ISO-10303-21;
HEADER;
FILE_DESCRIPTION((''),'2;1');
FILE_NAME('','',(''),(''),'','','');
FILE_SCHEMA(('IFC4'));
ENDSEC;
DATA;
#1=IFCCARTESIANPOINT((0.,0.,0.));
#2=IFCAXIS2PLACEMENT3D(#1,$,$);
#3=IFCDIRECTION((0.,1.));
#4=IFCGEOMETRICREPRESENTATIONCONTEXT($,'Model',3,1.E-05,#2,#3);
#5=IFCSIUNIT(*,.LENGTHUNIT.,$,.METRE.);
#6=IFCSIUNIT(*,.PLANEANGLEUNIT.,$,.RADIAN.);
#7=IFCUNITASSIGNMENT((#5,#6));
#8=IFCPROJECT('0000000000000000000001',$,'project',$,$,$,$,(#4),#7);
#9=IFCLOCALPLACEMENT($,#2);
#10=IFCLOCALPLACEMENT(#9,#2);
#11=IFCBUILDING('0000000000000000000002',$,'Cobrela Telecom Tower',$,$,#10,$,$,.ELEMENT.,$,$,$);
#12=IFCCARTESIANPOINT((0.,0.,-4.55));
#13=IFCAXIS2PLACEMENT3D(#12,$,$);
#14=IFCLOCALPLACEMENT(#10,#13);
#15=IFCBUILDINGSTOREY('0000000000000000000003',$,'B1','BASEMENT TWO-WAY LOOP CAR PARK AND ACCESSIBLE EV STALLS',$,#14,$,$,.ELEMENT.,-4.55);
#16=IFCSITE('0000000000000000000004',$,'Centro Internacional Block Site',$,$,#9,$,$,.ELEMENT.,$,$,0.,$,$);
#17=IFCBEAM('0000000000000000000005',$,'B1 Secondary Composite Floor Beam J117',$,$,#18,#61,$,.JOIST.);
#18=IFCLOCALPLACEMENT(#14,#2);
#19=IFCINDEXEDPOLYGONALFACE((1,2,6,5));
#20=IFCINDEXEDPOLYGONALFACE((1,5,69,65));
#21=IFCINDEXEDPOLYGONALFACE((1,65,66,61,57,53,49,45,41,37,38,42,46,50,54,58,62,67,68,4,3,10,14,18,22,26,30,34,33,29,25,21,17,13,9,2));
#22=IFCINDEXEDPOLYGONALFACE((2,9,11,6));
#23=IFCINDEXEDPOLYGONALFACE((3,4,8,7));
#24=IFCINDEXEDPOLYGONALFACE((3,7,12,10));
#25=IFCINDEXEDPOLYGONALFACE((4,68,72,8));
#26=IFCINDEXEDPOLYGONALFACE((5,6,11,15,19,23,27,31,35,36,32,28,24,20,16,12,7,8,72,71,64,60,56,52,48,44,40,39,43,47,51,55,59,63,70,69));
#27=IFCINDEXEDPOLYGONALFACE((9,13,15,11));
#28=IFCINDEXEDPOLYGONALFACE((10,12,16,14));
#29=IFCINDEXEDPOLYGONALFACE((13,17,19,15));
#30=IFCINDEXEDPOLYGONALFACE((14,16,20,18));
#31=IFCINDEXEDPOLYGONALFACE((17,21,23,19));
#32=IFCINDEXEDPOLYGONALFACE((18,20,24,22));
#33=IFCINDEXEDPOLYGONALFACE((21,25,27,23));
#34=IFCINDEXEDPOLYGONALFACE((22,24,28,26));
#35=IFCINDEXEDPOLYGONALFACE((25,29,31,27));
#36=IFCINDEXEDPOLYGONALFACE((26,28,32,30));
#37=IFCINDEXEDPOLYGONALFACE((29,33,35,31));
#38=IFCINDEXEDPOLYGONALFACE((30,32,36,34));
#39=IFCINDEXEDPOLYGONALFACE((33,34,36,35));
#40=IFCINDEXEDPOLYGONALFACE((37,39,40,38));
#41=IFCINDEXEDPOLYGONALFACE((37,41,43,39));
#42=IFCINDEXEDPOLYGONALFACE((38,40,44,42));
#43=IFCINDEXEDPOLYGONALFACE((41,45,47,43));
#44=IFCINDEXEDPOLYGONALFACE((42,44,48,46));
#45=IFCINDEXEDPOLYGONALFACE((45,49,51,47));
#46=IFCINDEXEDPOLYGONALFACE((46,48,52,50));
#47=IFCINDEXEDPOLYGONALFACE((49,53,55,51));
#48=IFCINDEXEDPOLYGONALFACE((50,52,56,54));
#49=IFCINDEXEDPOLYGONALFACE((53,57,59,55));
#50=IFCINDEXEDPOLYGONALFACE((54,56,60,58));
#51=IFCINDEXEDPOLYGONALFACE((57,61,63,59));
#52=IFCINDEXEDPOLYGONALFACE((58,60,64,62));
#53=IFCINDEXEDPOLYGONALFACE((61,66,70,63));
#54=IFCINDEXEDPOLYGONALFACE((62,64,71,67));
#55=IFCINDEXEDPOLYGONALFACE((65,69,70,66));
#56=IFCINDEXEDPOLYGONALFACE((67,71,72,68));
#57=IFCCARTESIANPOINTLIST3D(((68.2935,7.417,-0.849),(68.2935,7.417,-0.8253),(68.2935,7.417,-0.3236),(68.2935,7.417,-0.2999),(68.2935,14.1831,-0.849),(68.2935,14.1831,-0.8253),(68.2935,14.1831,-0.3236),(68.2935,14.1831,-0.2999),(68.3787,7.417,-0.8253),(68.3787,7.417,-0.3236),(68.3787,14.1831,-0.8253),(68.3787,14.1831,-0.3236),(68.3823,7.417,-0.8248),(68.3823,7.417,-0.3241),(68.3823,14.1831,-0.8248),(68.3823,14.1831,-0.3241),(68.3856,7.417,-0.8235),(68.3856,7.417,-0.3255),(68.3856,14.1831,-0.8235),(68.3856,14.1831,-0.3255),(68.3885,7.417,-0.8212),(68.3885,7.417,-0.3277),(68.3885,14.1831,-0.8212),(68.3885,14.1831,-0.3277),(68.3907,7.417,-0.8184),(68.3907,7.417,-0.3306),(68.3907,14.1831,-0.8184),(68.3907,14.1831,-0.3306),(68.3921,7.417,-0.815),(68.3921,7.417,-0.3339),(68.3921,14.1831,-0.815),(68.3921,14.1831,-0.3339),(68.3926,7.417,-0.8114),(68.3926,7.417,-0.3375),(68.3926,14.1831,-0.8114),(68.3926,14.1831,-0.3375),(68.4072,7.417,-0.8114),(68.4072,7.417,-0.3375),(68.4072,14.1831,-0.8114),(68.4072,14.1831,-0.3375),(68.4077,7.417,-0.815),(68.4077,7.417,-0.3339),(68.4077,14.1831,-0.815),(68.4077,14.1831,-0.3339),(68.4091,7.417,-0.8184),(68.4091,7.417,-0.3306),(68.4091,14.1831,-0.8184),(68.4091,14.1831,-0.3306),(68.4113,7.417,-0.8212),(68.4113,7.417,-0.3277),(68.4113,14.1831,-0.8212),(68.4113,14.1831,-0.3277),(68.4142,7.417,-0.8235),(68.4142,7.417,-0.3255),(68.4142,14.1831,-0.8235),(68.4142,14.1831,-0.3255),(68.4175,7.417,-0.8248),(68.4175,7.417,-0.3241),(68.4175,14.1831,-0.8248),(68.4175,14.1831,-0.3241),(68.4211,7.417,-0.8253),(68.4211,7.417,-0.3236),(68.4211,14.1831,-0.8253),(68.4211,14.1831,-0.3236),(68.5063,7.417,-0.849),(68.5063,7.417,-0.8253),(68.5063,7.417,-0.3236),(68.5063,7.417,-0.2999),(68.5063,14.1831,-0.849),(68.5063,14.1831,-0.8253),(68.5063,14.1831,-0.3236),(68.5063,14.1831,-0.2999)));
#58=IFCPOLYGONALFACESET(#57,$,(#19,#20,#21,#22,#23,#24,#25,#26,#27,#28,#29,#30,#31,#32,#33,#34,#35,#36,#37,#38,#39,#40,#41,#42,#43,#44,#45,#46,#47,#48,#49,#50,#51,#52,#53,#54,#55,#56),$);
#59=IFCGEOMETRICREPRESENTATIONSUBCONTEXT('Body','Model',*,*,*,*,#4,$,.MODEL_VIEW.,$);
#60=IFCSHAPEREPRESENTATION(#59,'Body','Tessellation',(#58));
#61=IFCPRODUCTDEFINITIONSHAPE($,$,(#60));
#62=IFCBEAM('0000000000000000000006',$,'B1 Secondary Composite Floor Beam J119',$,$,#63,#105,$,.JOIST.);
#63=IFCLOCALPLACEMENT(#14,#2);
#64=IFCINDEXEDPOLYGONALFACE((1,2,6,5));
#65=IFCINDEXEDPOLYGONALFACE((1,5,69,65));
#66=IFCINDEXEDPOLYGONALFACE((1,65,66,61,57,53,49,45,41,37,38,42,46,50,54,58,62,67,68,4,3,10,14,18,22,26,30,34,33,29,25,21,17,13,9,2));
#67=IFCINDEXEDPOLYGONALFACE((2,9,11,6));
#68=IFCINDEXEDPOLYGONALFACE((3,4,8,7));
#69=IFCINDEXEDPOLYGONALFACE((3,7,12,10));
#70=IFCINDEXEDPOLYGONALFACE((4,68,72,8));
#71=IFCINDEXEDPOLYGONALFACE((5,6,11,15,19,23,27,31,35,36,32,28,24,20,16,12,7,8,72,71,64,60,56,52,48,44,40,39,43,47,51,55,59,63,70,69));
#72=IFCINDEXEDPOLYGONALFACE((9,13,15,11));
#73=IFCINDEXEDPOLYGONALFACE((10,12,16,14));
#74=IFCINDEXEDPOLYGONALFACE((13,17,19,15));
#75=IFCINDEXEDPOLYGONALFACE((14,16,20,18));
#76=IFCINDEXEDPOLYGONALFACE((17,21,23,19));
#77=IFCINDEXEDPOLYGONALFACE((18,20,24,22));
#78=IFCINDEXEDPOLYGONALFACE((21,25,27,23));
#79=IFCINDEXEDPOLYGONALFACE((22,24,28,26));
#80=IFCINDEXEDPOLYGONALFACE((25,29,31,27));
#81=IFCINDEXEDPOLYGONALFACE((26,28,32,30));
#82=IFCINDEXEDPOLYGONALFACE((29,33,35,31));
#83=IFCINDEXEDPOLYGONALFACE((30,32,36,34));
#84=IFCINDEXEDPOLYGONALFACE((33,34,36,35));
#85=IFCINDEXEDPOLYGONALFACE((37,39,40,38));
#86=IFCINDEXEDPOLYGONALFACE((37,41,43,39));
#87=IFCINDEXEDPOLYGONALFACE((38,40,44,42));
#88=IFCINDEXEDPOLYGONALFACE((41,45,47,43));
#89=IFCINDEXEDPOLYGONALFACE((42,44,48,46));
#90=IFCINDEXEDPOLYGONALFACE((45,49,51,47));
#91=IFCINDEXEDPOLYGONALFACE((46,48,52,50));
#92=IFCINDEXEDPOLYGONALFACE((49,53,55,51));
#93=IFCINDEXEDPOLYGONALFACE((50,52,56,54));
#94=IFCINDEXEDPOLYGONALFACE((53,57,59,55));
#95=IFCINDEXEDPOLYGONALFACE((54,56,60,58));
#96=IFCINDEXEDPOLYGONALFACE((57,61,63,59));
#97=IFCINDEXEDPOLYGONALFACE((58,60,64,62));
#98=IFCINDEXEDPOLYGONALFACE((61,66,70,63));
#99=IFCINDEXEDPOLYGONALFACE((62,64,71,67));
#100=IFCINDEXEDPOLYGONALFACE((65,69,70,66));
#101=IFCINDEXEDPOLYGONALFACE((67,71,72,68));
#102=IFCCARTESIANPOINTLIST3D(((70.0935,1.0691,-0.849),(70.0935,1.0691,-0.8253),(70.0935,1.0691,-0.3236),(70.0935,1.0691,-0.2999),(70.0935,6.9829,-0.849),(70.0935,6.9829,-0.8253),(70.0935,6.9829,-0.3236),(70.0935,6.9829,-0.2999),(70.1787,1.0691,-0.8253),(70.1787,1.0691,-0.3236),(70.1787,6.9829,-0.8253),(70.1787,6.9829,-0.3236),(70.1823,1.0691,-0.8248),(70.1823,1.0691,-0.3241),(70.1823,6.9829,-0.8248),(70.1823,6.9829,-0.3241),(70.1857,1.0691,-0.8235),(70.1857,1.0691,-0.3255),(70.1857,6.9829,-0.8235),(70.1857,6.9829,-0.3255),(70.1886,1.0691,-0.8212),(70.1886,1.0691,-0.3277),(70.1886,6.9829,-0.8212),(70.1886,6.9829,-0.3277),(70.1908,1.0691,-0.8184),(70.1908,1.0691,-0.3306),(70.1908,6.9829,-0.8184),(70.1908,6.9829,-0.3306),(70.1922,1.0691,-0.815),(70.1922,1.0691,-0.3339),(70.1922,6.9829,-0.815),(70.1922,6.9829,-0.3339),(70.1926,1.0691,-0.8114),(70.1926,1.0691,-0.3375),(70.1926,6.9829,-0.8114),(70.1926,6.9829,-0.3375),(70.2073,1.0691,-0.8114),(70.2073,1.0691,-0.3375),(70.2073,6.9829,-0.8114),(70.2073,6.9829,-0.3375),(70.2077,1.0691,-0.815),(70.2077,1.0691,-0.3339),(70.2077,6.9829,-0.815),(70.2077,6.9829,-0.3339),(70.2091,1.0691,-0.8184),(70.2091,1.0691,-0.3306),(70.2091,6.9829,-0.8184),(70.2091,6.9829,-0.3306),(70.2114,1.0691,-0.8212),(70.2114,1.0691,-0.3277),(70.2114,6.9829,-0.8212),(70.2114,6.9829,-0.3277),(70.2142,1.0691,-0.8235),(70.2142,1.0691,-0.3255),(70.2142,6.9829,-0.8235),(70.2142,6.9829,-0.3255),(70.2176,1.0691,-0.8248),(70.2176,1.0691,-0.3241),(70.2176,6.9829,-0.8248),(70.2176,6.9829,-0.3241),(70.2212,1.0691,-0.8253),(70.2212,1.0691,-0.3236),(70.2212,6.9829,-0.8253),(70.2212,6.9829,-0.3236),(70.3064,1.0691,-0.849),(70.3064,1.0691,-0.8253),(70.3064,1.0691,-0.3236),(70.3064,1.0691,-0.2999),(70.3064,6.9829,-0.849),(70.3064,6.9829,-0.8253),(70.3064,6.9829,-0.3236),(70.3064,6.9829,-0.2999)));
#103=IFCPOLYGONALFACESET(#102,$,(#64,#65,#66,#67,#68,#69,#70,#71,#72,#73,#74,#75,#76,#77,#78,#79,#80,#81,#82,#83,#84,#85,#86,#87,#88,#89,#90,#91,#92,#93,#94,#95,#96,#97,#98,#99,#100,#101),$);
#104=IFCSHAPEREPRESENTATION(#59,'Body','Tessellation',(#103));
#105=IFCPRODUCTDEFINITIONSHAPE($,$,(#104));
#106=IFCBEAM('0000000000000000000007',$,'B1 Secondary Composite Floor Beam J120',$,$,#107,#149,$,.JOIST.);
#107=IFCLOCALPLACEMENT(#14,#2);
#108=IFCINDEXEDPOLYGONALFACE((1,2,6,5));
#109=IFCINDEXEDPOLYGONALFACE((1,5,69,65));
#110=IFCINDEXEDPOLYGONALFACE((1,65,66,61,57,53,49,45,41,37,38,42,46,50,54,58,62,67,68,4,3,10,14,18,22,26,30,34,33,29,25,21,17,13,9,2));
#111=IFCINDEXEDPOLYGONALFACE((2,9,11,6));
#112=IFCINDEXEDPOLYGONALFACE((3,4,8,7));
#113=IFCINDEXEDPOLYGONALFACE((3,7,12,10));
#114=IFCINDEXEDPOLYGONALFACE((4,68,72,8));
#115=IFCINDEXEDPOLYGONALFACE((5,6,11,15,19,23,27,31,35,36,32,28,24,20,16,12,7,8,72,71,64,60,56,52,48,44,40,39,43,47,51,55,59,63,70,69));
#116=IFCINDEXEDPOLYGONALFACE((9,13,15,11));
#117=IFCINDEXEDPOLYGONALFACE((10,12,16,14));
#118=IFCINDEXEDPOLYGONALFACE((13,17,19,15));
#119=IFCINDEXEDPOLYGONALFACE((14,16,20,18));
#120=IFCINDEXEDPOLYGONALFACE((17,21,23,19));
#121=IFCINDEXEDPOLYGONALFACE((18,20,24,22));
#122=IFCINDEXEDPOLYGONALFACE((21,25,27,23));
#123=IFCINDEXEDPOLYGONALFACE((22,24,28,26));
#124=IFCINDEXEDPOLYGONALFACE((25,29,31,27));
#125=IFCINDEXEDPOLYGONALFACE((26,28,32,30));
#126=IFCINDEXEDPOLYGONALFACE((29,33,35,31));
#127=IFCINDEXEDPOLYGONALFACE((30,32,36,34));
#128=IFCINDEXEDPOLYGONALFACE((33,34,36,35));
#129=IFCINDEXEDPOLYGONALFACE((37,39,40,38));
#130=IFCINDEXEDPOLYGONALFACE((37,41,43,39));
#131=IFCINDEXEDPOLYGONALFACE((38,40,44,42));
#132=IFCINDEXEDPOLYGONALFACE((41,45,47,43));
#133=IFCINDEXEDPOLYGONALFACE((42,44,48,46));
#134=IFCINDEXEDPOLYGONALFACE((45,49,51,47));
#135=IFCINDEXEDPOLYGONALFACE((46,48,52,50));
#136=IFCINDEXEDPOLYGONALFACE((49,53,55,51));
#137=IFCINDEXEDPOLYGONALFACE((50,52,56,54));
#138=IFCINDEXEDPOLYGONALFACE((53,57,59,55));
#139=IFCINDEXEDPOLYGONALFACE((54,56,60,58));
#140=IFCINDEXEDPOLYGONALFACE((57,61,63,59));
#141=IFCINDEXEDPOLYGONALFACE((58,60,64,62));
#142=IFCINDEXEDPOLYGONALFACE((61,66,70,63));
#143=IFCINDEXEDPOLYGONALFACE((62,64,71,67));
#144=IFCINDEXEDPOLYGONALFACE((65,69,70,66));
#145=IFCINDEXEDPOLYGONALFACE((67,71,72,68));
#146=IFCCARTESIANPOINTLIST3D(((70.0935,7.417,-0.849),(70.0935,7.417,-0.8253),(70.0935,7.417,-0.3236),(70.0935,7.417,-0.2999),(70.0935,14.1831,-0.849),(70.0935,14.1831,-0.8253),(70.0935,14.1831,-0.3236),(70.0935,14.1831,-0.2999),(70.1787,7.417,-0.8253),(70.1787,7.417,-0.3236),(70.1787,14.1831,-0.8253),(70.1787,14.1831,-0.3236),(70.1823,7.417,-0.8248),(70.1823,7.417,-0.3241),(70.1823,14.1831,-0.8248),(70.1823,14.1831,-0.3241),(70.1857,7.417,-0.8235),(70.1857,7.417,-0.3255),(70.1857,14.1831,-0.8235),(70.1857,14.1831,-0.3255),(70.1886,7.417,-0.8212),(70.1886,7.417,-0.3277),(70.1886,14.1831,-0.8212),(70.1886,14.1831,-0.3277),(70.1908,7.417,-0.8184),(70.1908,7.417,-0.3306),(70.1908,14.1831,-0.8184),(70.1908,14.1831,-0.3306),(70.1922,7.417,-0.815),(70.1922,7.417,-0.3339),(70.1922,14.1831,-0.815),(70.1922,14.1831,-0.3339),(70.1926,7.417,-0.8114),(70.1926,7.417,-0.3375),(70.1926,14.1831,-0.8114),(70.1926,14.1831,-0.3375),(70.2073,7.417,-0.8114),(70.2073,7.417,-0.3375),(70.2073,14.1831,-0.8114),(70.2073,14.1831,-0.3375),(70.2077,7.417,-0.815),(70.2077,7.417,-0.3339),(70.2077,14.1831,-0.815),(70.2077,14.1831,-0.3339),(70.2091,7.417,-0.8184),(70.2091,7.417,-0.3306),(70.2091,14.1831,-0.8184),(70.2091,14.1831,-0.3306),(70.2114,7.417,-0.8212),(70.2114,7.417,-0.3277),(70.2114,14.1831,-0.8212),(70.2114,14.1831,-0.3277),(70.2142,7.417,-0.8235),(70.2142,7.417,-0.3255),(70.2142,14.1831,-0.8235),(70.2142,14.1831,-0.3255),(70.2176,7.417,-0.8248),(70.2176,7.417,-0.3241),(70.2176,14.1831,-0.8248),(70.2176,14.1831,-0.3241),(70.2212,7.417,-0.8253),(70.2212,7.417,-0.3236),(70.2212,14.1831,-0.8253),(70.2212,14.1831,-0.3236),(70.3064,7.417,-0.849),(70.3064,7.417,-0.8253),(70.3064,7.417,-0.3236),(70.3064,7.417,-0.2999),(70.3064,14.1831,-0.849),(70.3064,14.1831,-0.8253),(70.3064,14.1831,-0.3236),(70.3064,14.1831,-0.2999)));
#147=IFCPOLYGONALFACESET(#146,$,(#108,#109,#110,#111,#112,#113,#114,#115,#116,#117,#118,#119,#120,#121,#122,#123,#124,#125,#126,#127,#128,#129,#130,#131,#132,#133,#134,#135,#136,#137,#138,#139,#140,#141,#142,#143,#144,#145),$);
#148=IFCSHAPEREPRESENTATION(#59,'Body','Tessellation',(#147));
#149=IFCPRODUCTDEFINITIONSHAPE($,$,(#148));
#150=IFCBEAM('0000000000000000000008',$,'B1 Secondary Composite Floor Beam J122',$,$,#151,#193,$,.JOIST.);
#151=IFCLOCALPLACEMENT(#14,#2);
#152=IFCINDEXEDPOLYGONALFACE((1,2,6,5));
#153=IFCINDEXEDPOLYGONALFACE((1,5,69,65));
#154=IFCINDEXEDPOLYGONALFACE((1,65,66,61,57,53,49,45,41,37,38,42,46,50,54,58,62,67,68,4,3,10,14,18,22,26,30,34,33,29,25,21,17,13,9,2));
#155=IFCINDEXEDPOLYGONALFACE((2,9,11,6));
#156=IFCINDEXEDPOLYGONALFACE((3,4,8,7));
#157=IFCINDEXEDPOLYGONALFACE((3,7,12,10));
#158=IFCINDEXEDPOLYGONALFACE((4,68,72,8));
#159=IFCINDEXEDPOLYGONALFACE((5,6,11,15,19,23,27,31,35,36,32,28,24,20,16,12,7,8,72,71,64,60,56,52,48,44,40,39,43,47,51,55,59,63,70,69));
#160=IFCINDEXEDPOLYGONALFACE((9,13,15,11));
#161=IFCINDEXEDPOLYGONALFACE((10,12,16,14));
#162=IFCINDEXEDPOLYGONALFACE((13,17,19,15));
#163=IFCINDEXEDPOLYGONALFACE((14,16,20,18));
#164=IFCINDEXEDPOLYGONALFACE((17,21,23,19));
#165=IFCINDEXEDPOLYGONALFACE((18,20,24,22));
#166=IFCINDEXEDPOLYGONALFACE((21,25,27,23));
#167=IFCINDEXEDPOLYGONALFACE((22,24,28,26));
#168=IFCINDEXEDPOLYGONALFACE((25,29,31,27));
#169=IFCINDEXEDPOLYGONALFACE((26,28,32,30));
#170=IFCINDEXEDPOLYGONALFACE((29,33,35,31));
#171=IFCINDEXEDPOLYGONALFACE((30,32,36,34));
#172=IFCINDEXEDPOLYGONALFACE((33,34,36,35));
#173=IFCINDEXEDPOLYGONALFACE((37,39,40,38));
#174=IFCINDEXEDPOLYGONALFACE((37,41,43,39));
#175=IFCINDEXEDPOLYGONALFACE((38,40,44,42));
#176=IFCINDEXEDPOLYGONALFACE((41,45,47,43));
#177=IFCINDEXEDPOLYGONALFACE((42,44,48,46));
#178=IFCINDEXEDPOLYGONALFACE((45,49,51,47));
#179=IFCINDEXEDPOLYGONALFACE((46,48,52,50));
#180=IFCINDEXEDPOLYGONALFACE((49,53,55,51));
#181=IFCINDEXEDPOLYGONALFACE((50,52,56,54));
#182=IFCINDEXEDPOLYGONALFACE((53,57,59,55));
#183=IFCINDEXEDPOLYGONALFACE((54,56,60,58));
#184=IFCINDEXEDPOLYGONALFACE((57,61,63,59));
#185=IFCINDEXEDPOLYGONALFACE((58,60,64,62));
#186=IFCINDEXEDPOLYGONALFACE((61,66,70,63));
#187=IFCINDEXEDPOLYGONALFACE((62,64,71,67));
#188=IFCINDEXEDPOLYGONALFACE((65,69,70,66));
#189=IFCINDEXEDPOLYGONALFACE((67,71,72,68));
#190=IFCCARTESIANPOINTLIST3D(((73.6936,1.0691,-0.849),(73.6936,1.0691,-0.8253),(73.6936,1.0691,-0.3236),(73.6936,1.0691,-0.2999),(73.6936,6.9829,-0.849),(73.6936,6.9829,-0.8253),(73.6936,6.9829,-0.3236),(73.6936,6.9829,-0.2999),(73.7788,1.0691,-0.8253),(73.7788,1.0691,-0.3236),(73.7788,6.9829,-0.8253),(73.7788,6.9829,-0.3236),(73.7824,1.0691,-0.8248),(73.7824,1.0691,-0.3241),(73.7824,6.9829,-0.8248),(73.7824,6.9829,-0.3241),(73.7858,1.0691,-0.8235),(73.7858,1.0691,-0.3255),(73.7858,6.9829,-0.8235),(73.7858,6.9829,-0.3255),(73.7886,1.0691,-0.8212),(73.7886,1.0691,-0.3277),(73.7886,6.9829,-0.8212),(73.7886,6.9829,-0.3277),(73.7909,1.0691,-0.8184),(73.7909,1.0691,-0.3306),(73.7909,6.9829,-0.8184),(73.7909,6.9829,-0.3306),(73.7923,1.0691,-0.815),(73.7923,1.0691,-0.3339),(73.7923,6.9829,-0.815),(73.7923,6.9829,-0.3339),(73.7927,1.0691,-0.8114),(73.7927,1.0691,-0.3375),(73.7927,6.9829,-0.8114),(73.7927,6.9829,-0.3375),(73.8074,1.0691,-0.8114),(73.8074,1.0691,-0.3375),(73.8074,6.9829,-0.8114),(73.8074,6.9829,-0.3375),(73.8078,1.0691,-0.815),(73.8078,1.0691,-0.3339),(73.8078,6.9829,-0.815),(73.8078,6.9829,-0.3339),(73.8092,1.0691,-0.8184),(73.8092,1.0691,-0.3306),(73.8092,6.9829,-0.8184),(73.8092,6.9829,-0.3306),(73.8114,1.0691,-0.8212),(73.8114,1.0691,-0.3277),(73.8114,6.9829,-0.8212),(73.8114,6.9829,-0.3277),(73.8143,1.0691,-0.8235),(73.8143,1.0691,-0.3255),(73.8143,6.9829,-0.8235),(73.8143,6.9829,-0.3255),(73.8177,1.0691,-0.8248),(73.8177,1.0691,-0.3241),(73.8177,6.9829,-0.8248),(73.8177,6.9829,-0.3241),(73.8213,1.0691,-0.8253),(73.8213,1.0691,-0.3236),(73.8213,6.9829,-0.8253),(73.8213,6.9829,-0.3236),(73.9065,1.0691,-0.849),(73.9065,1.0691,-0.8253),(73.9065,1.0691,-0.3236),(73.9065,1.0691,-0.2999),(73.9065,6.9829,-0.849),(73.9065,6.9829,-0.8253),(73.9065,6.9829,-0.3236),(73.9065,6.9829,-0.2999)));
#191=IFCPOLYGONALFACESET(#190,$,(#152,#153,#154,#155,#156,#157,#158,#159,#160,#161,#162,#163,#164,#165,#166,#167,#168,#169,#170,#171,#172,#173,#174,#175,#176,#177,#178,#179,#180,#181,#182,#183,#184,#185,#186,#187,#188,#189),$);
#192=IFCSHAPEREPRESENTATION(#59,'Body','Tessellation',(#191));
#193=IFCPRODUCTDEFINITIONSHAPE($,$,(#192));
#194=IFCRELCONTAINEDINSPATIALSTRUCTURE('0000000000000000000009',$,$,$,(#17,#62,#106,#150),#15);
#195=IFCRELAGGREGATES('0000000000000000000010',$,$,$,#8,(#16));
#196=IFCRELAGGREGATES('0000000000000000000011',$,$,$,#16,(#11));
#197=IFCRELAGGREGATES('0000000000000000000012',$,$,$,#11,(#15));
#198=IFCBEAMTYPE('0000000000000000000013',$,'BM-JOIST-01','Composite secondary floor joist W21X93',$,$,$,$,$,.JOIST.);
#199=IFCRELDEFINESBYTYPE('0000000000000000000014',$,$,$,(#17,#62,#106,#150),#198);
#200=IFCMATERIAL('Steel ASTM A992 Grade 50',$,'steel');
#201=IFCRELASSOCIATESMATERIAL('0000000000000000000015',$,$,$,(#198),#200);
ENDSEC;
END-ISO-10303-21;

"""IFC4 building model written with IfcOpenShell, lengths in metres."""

from ifc_helpers import new_model, si_unit, direction, frame, origin, origin_2d, place, context, subcontext, project, spatial, i_section, extrude, material, material_profile, profile_set, type_object, element, save


model = new_model("IFC4")

# Units and contexts
model_context = context("Model", 3, precision=1e-05, world=origin(), true_north=direction((0.0, 1.0)))
body_context = subcontext(model_context, "Body", "Model", "MODEL_VIEW")
ifc_project = project(units=[si_unit("LENGTHUNIT", "METRE"), si_unit("PLANEANGLEUNIT", "RADIAN")], contexts=[model_context])

# Site, building, storey
site_placement = place(None, origin())
site = spatial("IfcSite", under=ifc_project, at=site_placement, Name="Centro Internacional Block Site", CompositionType="ELEMENT", RefElevation=0.0)
building_placement = place(site_placement, origin())
building = spatial("IfcBuilding", under=site, at=building_placement, Name="Cobrela Telecom Tower", CompositionType="ELEMENT")
storey_placement = place(building_placement, frame((0.0, 0.0, -4.55)))
storey = spatial("IfcBuildingStorey", under=building, at=storey_placement, Name="B1", Description="BASEMENT TWO-WAY LOOP CAR PARK AND ACCESSIBLE EV STALLS", CompositionType="ELEMENT", Elevation=-4.55)

# Beams
ifc_material_1 = material(Name="Steel ASTM A992 Grade 50", Category="steel")
ifc_material_profile_1 = material_profile(ifc_material_1, i_section(OverallWidth=0.2129, OverallDepth=0.5491, WebThickness=0.0146, FlangeThickness=0.0237, FilletRadius=0.0139, at=origin_2d()), Name="W21X93")
ifc_profile_set_1 = profile_set([ifc_material_profile_1], Name="Steel ASTM A992 Grade 50")
beam_type_1 = type_object("IfcBeamType", Name="BM-JOIST-01", Description="Composite secondary floor joist W21X93", PredefinedType="JOIST", material=ifc_profile_set_1)
beam_1_placement = place(storey_placement, frame((68.3999, 7.417, -0.5745), z_axis=(0.0, 1.0, 0.0), x_axis=(-1.0, 0.0, 0.0)))
element("IfcBeam", 1, at=beam_1_placement, inside=storey, type_object=beam_type_1, Name="B1 Secondary Composite Floor Beam J117", PredefinedType="JOIST", context=body_context, shape_type="SweptSolid", body=[
    extrude(i_section(OverallWidth=0.2129, OverallDepth=0.5491, WebThickness=0.0146, FlangeThickness=0.0237, FilletRadius=0.0139, at=origin_2d()), origin(), (0.0, 0.0, 1.0), 6.7661),
])
beam_2_placement = place(storey_placement, frame((70.2, 1.0691, -0.5745), z_axis=(0.0, 1.0, 0.0), x_axis=(-1.0, 0.0, 0.0)))
element("IfcBeam", 2, at=beam_2_placement, inside=storey, type_object=beam_type_1, Name="B1 Secondary Composite Floor Beam J119", PredefinedType="JOIST", context=body_context, shape_type="SweptSolid", body=[
    extrude(i_section(OverallWidth=0.2129, OverallDepth=0.5491, WebThickness=0.0146, FlangeThickness=0.0237, FilletRadius=0.0139, at=origin_2d()), origin(), (0.0, 0.0, 1.0), 5.9138),
])
beam_3_placement = place(storey_placement, frame((70.2, 7.417, -0.5745), z_axis=(0.0, 1.0, 0.0), x_axis=(-1.0, 0.0, 0.0)))
element("IfcBeam", 3, at=beam_3_placement, inside=storey, type_object=beam_type_1, Name="B1 Secondary Composite Floor Beam J120", PredefinedType="JOIST", context=body_context, shape_type="SweptSolid", body=[
    extrude(i_section(OverallWidth=0.2129, OverallDepth=0.5491, WebThickness=0.0146, FlangeThickness=0.0237, FilletRadius=0.0139, at=origin_2d()), origin(), (0.0, 0.0, 1.0), 6.7661),
])
beam_4_placement = place(storey_placement, frame((73.8, 1.0691, -0.5745), z_axis=(0.0, 1.0, 0.0), x_axis=(-1.0, 0.0, 0.0)))
element("IfcBeam", 4, at=beam_4_placement, inside=storey, type_object=beam_type_1, Name="B1 Secondary Composite Floor Beam J122", PredefinedType="JOIST", context=body_context, shape_type="SweptSolid", body=[
    extrude(i_section(OverallWidth=0.2129, OverallDepth=0.5491, WebThickness=0.0146, FlangeThickness=0.0237, FilletRadius=0.0139, at=origin_2d()), origin(), (0.0, 0.0, 1.0), 5.9138),
])

save(model, "model.ifc")
